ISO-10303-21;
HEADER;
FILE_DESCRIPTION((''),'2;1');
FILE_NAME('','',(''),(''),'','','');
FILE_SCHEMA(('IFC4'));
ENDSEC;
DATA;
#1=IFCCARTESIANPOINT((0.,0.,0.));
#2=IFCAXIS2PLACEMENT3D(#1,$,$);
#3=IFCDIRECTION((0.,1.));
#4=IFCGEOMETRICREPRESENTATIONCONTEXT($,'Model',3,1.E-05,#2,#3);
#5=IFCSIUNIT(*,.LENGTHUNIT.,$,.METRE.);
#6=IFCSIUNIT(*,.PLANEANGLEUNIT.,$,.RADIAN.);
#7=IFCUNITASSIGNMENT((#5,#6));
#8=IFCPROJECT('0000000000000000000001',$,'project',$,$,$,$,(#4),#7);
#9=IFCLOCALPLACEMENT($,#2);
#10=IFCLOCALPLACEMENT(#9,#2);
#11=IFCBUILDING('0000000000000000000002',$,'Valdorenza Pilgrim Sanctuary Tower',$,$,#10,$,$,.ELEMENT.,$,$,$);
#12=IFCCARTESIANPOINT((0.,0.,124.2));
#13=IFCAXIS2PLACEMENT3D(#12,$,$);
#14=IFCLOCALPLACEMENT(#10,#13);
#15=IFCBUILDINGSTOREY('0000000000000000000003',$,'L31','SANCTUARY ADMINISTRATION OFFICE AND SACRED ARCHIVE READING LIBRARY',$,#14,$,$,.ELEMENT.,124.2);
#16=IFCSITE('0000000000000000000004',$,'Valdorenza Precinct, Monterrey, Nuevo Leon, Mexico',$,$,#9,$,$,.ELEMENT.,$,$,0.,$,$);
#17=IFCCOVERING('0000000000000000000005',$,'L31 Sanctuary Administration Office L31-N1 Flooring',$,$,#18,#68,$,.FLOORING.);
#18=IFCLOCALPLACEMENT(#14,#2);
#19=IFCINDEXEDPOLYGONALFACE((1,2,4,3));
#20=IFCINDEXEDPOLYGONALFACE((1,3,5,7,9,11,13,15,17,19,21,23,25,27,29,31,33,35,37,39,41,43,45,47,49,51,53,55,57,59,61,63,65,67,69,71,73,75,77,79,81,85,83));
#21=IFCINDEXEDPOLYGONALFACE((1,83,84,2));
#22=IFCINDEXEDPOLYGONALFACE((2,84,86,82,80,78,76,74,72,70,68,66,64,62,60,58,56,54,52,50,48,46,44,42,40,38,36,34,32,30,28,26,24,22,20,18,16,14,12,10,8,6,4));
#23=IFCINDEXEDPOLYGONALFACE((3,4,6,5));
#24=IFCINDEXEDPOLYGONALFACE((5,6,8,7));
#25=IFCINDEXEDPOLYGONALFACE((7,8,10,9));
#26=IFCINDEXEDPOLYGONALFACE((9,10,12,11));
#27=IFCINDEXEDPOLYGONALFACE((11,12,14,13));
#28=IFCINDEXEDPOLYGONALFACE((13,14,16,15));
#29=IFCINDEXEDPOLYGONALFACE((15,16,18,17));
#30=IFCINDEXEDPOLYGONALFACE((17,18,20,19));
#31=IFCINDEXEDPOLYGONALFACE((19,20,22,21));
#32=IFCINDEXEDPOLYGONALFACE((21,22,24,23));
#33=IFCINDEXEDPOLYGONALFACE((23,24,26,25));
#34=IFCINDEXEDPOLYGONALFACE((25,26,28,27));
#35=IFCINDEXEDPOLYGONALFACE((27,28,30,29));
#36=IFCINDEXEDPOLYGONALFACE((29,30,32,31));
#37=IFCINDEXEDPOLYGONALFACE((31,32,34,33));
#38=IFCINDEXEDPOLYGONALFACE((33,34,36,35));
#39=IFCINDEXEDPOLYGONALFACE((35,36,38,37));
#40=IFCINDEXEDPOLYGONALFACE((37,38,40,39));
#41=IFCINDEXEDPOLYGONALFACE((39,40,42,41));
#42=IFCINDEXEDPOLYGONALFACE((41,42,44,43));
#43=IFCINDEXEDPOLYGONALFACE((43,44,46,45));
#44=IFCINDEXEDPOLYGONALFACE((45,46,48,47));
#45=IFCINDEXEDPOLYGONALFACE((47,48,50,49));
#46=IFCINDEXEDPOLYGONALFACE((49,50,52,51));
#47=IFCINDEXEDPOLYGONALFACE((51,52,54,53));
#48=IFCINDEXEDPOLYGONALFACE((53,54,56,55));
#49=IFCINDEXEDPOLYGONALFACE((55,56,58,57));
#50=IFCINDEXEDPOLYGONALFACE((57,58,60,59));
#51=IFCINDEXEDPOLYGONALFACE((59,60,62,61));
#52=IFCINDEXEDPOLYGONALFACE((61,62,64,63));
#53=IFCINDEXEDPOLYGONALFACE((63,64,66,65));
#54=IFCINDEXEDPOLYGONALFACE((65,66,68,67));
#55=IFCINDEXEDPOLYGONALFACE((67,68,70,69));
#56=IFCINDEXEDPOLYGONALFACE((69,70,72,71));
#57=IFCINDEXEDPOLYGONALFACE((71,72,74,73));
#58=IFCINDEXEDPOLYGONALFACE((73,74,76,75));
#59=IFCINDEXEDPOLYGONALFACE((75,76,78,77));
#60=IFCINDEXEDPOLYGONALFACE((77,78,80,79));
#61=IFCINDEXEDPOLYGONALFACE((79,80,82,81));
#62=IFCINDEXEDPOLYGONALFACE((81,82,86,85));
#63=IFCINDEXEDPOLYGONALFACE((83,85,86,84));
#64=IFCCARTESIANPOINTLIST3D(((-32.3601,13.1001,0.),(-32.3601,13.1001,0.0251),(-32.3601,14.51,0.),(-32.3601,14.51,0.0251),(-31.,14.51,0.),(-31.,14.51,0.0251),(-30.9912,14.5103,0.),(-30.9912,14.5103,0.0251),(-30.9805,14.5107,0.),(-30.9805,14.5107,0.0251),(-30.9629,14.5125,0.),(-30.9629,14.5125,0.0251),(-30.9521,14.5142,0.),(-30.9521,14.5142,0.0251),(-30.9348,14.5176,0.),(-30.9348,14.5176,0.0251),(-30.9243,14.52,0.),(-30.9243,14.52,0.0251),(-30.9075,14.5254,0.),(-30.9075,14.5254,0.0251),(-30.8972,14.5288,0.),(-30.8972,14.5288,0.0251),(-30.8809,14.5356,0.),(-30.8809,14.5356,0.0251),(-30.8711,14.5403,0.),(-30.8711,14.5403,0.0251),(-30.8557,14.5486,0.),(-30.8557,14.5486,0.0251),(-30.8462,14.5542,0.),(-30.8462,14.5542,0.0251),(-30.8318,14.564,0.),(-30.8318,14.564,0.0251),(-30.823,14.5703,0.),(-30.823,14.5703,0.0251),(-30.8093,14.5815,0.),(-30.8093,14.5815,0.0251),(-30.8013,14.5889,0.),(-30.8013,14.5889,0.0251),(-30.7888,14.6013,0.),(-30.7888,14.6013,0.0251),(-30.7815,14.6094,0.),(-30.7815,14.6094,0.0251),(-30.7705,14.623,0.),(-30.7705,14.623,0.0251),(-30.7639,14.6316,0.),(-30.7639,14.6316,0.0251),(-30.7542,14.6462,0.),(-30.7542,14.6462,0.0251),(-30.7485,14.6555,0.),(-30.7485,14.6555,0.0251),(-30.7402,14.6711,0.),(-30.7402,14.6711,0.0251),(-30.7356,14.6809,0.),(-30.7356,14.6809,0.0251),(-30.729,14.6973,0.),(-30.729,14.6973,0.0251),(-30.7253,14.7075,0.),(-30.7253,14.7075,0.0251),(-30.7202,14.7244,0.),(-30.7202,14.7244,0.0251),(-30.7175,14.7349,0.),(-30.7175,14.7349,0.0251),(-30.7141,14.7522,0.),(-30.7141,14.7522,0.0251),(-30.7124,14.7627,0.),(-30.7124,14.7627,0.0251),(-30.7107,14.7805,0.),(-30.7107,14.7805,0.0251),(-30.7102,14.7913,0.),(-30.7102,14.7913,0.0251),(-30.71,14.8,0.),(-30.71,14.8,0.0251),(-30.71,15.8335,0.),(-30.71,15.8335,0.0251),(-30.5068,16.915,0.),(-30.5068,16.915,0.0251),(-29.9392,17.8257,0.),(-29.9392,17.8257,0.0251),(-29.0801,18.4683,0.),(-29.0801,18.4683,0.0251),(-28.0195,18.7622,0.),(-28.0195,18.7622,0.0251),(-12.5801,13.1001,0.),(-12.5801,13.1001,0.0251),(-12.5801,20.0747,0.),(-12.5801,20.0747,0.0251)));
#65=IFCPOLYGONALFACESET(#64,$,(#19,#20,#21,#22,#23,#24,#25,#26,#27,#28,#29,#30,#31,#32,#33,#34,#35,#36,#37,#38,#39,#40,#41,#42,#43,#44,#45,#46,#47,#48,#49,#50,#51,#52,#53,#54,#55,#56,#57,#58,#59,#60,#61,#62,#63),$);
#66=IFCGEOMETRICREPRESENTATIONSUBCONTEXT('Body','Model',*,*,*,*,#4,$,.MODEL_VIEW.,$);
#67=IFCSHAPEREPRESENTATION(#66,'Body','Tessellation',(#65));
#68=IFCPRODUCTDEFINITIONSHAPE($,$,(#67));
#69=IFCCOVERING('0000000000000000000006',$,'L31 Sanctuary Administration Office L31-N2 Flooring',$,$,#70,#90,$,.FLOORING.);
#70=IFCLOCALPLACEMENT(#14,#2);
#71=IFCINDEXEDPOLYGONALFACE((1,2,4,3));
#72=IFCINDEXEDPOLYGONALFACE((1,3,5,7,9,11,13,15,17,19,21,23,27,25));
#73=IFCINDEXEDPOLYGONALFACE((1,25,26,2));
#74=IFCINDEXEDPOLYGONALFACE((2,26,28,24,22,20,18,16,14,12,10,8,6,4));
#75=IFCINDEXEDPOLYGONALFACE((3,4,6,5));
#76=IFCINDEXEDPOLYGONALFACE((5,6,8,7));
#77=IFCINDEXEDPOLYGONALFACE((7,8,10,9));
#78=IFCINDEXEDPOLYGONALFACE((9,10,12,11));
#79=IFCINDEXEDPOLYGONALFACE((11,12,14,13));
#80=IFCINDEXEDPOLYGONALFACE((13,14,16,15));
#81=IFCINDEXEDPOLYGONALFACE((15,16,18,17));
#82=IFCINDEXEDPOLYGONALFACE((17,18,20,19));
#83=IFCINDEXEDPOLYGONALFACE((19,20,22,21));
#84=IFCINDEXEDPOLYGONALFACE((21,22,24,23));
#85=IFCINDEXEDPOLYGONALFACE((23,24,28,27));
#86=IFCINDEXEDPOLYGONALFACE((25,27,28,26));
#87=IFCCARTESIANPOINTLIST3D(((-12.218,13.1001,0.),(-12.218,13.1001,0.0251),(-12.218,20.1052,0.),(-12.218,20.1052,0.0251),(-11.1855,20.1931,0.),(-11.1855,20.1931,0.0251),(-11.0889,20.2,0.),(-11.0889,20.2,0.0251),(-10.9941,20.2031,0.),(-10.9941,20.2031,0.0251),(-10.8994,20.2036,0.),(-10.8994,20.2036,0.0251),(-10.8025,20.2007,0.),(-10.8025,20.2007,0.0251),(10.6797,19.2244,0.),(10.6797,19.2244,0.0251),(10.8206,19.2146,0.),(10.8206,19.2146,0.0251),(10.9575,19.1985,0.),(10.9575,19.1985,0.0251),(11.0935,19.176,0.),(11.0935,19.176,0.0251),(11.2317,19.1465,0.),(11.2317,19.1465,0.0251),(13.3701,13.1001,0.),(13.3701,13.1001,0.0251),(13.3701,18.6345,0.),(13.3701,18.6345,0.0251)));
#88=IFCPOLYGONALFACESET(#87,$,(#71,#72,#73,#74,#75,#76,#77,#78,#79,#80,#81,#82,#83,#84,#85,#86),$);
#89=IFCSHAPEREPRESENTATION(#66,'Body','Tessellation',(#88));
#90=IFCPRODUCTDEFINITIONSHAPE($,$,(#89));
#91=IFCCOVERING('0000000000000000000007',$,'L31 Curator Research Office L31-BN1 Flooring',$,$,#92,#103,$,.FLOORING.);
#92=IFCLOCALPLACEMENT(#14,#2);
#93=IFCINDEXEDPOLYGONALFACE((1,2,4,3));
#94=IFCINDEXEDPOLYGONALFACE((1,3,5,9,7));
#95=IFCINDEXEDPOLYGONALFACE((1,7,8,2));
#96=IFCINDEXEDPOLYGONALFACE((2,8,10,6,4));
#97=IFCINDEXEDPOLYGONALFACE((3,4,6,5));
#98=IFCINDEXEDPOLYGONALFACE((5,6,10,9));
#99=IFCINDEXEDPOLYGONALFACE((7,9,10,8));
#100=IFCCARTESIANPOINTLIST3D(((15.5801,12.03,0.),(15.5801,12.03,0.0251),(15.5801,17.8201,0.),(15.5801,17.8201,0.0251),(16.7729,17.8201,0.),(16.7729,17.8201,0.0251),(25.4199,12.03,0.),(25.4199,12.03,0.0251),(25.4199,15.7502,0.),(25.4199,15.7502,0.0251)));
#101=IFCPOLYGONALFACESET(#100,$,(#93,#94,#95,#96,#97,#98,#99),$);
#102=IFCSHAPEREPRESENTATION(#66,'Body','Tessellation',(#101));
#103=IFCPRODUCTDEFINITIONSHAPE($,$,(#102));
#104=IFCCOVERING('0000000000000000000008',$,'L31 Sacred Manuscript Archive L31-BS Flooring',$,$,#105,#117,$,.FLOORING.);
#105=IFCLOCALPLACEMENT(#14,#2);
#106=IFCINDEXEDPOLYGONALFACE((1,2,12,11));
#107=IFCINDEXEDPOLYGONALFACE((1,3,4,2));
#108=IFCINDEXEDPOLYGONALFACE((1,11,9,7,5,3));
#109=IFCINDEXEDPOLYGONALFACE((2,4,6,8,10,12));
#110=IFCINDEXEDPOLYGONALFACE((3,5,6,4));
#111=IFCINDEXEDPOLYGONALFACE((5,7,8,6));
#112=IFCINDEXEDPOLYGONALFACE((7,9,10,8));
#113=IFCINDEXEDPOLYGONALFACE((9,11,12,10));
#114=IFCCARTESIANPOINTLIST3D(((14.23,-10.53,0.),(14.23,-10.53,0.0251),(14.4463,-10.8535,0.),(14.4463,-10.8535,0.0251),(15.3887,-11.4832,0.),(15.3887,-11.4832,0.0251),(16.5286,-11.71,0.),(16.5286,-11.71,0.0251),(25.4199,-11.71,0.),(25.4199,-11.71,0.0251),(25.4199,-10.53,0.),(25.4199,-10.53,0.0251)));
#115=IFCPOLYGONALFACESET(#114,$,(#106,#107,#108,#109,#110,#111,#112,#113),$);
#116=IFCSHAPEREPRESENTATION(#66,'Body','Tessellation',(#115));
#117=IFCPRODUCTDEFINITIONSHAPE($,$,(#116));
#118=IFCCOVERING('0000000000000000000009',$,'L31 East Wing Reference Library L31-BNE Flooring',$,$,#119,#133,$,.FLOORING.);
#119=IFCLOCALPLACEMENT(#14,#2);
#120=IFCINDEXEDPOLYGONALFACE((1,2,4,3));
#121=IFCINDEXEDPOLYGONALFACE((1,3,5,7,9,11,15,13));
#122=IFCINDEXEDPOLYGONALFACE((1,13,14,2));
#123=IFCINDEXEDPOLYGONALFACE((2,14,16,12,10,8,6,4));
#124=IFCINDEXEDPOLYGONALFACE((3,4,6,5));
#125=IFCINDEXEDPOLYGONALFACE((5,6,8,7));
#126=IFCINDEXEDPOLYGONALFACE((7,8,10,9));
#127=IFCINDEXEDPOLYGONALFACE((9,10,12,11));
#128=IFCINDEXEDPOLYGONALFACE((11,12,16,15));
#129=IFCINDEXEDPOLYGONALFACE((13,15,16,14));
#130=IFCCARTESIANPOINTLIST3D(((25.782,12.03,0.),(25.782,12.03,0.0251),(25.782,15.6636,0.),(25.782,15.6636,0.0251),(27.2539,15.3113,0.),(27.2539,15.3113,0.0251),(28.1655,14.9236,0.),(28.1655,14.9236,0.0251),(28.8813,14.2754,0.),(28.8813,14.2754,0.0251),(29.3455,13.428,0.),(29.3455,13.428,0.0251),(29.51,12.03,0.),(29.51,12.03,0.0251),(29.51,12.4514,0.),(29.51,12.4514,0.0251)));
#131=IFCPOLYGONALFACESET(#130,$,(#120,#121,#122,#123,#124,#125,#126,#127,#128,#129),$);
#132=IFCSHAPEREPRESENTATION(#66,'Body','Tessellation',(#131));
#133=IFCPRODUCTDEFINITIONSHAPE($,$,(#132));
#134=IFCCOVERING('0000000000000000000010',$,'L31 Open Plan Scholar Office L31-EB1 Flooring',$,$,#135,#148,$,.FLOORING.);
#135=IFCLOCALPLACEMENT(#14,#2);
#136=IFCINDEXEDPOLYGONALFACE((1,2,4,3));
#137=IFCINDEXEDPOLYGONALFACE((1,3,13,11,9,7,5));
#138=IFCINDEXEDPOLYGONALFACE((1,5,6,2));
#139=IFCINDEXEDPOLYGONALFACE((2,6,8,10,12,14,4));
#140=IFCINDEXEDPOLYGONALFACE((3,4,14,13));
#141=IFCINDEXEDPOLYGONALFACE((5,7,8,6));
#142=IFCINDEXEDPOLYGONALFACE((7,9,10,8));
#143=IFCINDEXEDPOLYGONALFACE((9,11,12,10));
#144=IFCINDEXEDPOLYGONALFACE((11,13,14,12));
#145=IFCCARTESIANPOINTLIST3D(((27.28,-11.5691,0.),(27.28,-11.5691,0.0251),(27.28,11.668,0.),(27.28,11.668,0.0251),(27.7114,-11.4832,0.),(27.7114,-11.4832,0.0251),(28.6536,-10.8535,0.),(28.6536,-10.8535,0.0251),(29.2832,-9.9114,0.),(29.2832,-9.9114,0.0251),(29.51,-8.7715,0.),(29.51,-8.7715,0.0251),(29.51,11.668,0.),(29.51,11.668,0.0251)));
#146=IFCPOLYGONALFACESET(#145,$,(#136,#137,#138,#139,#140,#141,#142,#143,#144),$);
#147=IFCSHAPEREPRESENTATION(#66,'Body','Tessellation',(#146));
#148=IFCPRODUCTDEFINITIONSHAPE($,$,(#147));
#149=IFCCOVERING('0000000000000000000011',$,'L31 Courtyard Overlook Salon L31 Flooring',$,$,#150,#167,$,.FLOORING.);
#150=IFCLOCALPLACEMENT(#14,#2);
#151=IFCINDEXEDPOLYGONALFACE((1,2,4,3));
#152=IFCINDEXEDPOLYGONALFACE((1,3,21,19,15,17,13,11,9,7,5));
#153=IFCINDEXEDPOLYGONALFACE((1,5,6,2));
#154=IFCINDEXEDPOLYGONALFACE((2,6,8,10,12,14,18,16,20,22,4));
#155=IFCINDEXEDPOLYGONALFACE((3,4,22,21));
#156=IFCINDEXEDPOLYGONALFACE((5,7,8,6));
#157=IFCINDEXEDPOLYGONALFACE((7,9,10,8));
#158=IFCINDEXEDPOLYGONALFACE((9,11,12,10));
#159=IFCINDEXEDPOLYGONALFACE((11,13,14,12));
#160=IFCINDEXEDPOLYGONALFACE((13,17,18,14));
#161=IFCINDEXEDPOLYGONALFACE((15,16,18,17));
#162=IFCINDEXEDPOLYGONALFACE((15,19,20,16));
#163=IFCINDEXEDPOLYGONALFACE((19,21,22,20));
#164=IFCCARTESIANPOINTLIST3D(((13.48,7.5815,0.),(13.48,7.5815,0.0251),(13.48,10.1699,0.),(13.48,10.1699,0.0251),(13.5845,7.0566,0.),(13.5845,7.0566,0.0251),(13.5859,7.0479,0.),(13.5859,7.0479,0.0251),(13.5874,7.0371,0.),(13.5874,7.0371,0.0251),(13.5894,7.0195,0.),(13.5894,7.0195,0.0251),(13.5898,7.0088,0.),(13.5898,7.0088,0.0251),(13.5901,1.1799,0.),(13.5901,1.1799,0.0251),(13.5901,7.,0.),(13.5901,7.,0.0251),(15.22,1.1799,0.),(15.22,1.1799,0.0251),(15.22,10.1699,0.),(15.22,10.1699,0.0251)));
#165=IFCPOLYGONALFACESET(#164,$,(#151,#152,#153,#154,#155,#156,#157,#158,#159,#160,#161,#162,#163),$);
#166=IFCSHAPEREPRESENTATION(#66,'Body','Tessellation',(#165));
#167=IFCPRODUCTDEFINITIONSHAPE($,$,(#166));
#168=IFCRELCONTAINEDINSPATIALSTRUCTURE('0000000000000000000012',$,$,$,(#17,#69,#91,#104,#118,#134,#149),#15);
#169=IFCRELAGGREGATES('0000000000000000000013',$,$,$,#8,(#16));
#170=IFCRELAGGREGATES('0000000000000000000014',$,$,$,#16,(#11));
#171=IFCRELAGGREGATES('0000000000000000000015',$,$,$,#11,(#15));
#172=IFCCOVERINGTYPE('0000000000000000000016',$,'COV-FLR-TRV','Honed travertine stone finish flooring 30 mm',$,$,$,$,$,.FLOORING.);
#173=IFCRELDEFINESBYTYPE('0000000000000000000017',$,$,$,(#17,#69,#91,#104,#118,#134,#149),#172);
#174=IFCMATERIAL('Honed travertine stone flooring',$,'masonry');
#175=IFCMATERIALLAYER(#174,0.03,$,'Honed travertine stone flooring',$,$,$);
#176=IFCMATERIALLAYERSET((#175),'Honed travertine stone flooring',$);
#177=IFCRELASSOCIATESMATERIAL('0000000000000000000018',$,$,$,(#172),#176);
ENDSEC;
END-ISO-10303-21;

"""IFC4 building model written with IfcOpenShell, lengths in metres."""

from ifc_helpers import new_model, si_unit, direction, frame, origin, place, context, subcontext, project, spatial, polyline, outline, extrude, material, layer, layer_set, type_object, element, save


model = new_model("IFC4")

# Units and contexts
model_context = context("Model", 3, precision=1e-05, world=origin(), true_north=direction((0.0, 1.0)))
body_context = subcontext(model_context, "Body", "Model", "MODEL_VIEW")
ifc_project = project(units=[si_unit("LENGTHUNIT", "METRE"), si_unit("PLANEANGLEUNIT", "RADIAN")], contexts=[model_context])

# Site, building, storey
site_placement = place(None, origin())
site = spatial("IfcSite", under=ifc_project, at=site_placement, Name="Valdorenza Precinct, Monterrey, Nuevo Leon, Mexico", CompositionType="ELEMENT", RefElevation=0.0)
building_placement = place(site_placement, origin())
building = spatial("IfcBuilding", under=site, at=building_placement, Name="Valdorenza Pilgrim Sanctuary Tower", CompositionType="ELEMENT")
storey_placement = place(building_placement, frame((0.0, 0.0, 124.2)))
storey = spatial("IfcBuildingStorey", under=building, at=storey_placement, Name="L31", Description="SANCTUARY ADMINISTRATION OFFICE AND SACRED ARCHIVE READING LIBRARY", CompositionType="ELEMENT", Elevation=124.2)

# Coverings
ifc_material_1 = material(Name="Honed travertine stone flooring", Category="masonry")
ifc_layer_1 = layer(ifc_material_1, 0.03, Name="Honed travertine stone flooring")
ifc_layer_set_1 = layer_set([ifc_layer_1], Name="Honed travertine stone flooring")
covering_type_1 = type_object("IfcCoveringType", Name="COV-FLR-TRV", Description="Honed travertine stone finish flooring 30 mm", PredefinedType="FLOORING", material=ifc_layer_set_1)
covering_1_placement = place(storey_placement, origin())
element("IfcCovering", 1, at=covering_1_placement, inside=storey, type_object=covering_type_1, Name="L31 Sanctuary Administration Office L31-N1 Flooring", PredefinedType="FLOORING", context=body_context, shape_type="SweptSolid", body=[
    extrude(outline(polyline([(-32.3601, 13.1001), (-32.3601, 14.51), (-31.0, 14.51), (-30.9912, 14.5103), (-30.9805, 14.5107), (-30.9629, 14.5125), (-30.9521, 14.5142), (-30.9348, 14.5176), (-30.9243, 14.52), (-30.9075, 14.5254), (-30.8972, 14.5288), (-30.8809, 14.5356), (-30.8711, 14.5403), (-30.8557, 14.5486), (-30.8462, 14.5542), (-30.8318, 14.564), (-30.823, 14.5703), (-30.8093, 14.5815), (-30.8013, 14.5889), (-30.7888, 14.6013), (-30.7815, 14.6094), (-30.7705, 14.623), (-30.7639, 14.6316), (-30.7542, 14.6462), (-30.7485, 14.6555), (-30.7402, 14.6711), (-30.7356, 14.6809), (-30.729, 14.6973), (-30.7253, 14.7075), (-30.7202, 14.7244), (-30.7175, 14.7349), (-30.7141, 14.7522), (-30.7124, 14.7627), (-30.7107, 14.7805), (-30.7102, 14.7913), (-30.71, 14.8), (-30.71, 15.8335), (-30.5068, 16.915), (-29.9392, 17.8257), (-29.0801, 18.4683), (-28.0195, 18.7622), (-12.5801, 20.0747), (-12.5801, 13.1001), (-32.3601, 13.1001)])), origin(), (0.0, 0.0, 1.0), 0.0251),
])
covering_2_placement = place(storey_placement, origin())
element("IfcCovering", 2, at=covering_2_placement, inside=storey, type_object=covering_type_1, Name="L31 Sanctuary Administration Office L31-N2 Flooring", PredefinedType="FLOORING", context=body_context, shape_type="SweptSolid", body=[
    extrude(outline(polyline([(-12.218, 13.1001), (-12.218, 20.1052), (-11.1855, 20.1931), (-11.0889, 20.2), (-10.9941, 20.2031), (-10.8994, 20.2036), (-10.8025, 20.2007), (10.6797, 19.2244), (10.8206, 19.2146), (10.9575, 19.1985), (11.0935, 19.176), (11.2317, 19.1465), (13.3701, 18.6345), (13.3701, 13.1001), (-12.218, 13.1001)])), origin(), (0.0, 0.0, 1.0), 0.0251),
])
covering_3_placement = place(storey_placement, origin())
element("IfcCovering", 3, at=covering_3_placement, inside=storey, type_object=covering_type_1, Name="L31 Curator Research Office L31-BN1 Flooring", PredefinedType="FLOORING", context=body_context, shape_type="SweptSolid", body=[
    extrude(outline(polyline([(15.5801, 12.03), (15.5801, 17.8201), (16.7729, 17.8201), (25.4199, 15.7502), (25.4199, 12.03), (15.5801, 12.03)])), origin(), (0.0, 0.0, 1.0), 0.0251),
])
covering_4_placement = place(storey_placement, origin())
element("IfcCovering", 4, at=covering_4_placement, inside=storey, type_object=covering_type_1, Name="L31 Sacred Manuscript Archive L31-BS Flooring", PredefinedType="FLOORING", context=body_context, shape_type="SweptSolid", body=[
    extrude(outline(polyline([(25.4199, -11.71), (16.5286, -11.71), (15.3887, -11.4832), (14.4463, -10.8535), (14.23, -10.53), (25.4199, -10.53), (25.4199, -11.71)])), origin(), (0.0, 0.0, 1.0), 0.0251),
])
covering_5_placement = place(storey_placement, origin())
element("IfcCovering", 5, at=covering_5_placement, inside=storey, type_object=covering_type_1, Name="L31 East Wing Reference Library L31-BNE Flooring", PredefinedType="FLOORING", context=body_context, shape_type="SweptSolid", body=[
    extrude(outline(polyline([(27.2539, 15.3113), (28.1655, 14.9236), (28.8813, 14.2754), (29.3455, 13.428), (29.51, 12.4514), (29.51, 12.03), (25.782, 12.03), (25.782, 15.6636), (27.2539, 15.3113)])), origin(), (0.0, 0.0, 1.0), 0.0251),
])
covering_6_placement = place(storey_placement, origin())
element("IfcCovering", 6, at=covering_6_placement, inside=storey, type_object=covering_type_1, Name="L31 Open Plan Scholar Office L31-EB1 Flooring", PredefinedType="FLOORING", context=body_context, shape_type="SweptSolid", body=[
    extrude(outline(polyline([(29.51, -8.7715), (29.2832, -9.9114), (28.6536, -10.8535), (27.7114, -11.4832), (27.28, -11.5691), (27.28, 11.668), (29.51, 11.668), (29.51, -8.7715)])), origin(), (0.0, 0.0, 1.0), 0.0251),
])
covering_7_placement = place(storey_placement, origin())
element("IfcCovering", 7, at=covering_7_placement, inside=storey, type_object=covering_type_1, Name="L31 Courtyard Overlook Salon L31 Flooring", PredefinedType="FLOORING", context=body_context, shape_type="SweptSolid", body=[
    extrude(outline(polyline([(15.22, 10.1699), (15.22, 1.1799), (13.5901, 1.1799), (13.5901, 7.0), (13.5898, 7.0088), (13.5894, 7.0195), (13.5874, 7.0371), (13.5859, 7.0479), (13.5845, 7.0566), (13.48, 7.5815), (13.48, 10.1699), (15.22, 10.1699)])), origin(), (0.0, 0.0, 1.0), 0.0251),
])

save(model, "model.ifc")
